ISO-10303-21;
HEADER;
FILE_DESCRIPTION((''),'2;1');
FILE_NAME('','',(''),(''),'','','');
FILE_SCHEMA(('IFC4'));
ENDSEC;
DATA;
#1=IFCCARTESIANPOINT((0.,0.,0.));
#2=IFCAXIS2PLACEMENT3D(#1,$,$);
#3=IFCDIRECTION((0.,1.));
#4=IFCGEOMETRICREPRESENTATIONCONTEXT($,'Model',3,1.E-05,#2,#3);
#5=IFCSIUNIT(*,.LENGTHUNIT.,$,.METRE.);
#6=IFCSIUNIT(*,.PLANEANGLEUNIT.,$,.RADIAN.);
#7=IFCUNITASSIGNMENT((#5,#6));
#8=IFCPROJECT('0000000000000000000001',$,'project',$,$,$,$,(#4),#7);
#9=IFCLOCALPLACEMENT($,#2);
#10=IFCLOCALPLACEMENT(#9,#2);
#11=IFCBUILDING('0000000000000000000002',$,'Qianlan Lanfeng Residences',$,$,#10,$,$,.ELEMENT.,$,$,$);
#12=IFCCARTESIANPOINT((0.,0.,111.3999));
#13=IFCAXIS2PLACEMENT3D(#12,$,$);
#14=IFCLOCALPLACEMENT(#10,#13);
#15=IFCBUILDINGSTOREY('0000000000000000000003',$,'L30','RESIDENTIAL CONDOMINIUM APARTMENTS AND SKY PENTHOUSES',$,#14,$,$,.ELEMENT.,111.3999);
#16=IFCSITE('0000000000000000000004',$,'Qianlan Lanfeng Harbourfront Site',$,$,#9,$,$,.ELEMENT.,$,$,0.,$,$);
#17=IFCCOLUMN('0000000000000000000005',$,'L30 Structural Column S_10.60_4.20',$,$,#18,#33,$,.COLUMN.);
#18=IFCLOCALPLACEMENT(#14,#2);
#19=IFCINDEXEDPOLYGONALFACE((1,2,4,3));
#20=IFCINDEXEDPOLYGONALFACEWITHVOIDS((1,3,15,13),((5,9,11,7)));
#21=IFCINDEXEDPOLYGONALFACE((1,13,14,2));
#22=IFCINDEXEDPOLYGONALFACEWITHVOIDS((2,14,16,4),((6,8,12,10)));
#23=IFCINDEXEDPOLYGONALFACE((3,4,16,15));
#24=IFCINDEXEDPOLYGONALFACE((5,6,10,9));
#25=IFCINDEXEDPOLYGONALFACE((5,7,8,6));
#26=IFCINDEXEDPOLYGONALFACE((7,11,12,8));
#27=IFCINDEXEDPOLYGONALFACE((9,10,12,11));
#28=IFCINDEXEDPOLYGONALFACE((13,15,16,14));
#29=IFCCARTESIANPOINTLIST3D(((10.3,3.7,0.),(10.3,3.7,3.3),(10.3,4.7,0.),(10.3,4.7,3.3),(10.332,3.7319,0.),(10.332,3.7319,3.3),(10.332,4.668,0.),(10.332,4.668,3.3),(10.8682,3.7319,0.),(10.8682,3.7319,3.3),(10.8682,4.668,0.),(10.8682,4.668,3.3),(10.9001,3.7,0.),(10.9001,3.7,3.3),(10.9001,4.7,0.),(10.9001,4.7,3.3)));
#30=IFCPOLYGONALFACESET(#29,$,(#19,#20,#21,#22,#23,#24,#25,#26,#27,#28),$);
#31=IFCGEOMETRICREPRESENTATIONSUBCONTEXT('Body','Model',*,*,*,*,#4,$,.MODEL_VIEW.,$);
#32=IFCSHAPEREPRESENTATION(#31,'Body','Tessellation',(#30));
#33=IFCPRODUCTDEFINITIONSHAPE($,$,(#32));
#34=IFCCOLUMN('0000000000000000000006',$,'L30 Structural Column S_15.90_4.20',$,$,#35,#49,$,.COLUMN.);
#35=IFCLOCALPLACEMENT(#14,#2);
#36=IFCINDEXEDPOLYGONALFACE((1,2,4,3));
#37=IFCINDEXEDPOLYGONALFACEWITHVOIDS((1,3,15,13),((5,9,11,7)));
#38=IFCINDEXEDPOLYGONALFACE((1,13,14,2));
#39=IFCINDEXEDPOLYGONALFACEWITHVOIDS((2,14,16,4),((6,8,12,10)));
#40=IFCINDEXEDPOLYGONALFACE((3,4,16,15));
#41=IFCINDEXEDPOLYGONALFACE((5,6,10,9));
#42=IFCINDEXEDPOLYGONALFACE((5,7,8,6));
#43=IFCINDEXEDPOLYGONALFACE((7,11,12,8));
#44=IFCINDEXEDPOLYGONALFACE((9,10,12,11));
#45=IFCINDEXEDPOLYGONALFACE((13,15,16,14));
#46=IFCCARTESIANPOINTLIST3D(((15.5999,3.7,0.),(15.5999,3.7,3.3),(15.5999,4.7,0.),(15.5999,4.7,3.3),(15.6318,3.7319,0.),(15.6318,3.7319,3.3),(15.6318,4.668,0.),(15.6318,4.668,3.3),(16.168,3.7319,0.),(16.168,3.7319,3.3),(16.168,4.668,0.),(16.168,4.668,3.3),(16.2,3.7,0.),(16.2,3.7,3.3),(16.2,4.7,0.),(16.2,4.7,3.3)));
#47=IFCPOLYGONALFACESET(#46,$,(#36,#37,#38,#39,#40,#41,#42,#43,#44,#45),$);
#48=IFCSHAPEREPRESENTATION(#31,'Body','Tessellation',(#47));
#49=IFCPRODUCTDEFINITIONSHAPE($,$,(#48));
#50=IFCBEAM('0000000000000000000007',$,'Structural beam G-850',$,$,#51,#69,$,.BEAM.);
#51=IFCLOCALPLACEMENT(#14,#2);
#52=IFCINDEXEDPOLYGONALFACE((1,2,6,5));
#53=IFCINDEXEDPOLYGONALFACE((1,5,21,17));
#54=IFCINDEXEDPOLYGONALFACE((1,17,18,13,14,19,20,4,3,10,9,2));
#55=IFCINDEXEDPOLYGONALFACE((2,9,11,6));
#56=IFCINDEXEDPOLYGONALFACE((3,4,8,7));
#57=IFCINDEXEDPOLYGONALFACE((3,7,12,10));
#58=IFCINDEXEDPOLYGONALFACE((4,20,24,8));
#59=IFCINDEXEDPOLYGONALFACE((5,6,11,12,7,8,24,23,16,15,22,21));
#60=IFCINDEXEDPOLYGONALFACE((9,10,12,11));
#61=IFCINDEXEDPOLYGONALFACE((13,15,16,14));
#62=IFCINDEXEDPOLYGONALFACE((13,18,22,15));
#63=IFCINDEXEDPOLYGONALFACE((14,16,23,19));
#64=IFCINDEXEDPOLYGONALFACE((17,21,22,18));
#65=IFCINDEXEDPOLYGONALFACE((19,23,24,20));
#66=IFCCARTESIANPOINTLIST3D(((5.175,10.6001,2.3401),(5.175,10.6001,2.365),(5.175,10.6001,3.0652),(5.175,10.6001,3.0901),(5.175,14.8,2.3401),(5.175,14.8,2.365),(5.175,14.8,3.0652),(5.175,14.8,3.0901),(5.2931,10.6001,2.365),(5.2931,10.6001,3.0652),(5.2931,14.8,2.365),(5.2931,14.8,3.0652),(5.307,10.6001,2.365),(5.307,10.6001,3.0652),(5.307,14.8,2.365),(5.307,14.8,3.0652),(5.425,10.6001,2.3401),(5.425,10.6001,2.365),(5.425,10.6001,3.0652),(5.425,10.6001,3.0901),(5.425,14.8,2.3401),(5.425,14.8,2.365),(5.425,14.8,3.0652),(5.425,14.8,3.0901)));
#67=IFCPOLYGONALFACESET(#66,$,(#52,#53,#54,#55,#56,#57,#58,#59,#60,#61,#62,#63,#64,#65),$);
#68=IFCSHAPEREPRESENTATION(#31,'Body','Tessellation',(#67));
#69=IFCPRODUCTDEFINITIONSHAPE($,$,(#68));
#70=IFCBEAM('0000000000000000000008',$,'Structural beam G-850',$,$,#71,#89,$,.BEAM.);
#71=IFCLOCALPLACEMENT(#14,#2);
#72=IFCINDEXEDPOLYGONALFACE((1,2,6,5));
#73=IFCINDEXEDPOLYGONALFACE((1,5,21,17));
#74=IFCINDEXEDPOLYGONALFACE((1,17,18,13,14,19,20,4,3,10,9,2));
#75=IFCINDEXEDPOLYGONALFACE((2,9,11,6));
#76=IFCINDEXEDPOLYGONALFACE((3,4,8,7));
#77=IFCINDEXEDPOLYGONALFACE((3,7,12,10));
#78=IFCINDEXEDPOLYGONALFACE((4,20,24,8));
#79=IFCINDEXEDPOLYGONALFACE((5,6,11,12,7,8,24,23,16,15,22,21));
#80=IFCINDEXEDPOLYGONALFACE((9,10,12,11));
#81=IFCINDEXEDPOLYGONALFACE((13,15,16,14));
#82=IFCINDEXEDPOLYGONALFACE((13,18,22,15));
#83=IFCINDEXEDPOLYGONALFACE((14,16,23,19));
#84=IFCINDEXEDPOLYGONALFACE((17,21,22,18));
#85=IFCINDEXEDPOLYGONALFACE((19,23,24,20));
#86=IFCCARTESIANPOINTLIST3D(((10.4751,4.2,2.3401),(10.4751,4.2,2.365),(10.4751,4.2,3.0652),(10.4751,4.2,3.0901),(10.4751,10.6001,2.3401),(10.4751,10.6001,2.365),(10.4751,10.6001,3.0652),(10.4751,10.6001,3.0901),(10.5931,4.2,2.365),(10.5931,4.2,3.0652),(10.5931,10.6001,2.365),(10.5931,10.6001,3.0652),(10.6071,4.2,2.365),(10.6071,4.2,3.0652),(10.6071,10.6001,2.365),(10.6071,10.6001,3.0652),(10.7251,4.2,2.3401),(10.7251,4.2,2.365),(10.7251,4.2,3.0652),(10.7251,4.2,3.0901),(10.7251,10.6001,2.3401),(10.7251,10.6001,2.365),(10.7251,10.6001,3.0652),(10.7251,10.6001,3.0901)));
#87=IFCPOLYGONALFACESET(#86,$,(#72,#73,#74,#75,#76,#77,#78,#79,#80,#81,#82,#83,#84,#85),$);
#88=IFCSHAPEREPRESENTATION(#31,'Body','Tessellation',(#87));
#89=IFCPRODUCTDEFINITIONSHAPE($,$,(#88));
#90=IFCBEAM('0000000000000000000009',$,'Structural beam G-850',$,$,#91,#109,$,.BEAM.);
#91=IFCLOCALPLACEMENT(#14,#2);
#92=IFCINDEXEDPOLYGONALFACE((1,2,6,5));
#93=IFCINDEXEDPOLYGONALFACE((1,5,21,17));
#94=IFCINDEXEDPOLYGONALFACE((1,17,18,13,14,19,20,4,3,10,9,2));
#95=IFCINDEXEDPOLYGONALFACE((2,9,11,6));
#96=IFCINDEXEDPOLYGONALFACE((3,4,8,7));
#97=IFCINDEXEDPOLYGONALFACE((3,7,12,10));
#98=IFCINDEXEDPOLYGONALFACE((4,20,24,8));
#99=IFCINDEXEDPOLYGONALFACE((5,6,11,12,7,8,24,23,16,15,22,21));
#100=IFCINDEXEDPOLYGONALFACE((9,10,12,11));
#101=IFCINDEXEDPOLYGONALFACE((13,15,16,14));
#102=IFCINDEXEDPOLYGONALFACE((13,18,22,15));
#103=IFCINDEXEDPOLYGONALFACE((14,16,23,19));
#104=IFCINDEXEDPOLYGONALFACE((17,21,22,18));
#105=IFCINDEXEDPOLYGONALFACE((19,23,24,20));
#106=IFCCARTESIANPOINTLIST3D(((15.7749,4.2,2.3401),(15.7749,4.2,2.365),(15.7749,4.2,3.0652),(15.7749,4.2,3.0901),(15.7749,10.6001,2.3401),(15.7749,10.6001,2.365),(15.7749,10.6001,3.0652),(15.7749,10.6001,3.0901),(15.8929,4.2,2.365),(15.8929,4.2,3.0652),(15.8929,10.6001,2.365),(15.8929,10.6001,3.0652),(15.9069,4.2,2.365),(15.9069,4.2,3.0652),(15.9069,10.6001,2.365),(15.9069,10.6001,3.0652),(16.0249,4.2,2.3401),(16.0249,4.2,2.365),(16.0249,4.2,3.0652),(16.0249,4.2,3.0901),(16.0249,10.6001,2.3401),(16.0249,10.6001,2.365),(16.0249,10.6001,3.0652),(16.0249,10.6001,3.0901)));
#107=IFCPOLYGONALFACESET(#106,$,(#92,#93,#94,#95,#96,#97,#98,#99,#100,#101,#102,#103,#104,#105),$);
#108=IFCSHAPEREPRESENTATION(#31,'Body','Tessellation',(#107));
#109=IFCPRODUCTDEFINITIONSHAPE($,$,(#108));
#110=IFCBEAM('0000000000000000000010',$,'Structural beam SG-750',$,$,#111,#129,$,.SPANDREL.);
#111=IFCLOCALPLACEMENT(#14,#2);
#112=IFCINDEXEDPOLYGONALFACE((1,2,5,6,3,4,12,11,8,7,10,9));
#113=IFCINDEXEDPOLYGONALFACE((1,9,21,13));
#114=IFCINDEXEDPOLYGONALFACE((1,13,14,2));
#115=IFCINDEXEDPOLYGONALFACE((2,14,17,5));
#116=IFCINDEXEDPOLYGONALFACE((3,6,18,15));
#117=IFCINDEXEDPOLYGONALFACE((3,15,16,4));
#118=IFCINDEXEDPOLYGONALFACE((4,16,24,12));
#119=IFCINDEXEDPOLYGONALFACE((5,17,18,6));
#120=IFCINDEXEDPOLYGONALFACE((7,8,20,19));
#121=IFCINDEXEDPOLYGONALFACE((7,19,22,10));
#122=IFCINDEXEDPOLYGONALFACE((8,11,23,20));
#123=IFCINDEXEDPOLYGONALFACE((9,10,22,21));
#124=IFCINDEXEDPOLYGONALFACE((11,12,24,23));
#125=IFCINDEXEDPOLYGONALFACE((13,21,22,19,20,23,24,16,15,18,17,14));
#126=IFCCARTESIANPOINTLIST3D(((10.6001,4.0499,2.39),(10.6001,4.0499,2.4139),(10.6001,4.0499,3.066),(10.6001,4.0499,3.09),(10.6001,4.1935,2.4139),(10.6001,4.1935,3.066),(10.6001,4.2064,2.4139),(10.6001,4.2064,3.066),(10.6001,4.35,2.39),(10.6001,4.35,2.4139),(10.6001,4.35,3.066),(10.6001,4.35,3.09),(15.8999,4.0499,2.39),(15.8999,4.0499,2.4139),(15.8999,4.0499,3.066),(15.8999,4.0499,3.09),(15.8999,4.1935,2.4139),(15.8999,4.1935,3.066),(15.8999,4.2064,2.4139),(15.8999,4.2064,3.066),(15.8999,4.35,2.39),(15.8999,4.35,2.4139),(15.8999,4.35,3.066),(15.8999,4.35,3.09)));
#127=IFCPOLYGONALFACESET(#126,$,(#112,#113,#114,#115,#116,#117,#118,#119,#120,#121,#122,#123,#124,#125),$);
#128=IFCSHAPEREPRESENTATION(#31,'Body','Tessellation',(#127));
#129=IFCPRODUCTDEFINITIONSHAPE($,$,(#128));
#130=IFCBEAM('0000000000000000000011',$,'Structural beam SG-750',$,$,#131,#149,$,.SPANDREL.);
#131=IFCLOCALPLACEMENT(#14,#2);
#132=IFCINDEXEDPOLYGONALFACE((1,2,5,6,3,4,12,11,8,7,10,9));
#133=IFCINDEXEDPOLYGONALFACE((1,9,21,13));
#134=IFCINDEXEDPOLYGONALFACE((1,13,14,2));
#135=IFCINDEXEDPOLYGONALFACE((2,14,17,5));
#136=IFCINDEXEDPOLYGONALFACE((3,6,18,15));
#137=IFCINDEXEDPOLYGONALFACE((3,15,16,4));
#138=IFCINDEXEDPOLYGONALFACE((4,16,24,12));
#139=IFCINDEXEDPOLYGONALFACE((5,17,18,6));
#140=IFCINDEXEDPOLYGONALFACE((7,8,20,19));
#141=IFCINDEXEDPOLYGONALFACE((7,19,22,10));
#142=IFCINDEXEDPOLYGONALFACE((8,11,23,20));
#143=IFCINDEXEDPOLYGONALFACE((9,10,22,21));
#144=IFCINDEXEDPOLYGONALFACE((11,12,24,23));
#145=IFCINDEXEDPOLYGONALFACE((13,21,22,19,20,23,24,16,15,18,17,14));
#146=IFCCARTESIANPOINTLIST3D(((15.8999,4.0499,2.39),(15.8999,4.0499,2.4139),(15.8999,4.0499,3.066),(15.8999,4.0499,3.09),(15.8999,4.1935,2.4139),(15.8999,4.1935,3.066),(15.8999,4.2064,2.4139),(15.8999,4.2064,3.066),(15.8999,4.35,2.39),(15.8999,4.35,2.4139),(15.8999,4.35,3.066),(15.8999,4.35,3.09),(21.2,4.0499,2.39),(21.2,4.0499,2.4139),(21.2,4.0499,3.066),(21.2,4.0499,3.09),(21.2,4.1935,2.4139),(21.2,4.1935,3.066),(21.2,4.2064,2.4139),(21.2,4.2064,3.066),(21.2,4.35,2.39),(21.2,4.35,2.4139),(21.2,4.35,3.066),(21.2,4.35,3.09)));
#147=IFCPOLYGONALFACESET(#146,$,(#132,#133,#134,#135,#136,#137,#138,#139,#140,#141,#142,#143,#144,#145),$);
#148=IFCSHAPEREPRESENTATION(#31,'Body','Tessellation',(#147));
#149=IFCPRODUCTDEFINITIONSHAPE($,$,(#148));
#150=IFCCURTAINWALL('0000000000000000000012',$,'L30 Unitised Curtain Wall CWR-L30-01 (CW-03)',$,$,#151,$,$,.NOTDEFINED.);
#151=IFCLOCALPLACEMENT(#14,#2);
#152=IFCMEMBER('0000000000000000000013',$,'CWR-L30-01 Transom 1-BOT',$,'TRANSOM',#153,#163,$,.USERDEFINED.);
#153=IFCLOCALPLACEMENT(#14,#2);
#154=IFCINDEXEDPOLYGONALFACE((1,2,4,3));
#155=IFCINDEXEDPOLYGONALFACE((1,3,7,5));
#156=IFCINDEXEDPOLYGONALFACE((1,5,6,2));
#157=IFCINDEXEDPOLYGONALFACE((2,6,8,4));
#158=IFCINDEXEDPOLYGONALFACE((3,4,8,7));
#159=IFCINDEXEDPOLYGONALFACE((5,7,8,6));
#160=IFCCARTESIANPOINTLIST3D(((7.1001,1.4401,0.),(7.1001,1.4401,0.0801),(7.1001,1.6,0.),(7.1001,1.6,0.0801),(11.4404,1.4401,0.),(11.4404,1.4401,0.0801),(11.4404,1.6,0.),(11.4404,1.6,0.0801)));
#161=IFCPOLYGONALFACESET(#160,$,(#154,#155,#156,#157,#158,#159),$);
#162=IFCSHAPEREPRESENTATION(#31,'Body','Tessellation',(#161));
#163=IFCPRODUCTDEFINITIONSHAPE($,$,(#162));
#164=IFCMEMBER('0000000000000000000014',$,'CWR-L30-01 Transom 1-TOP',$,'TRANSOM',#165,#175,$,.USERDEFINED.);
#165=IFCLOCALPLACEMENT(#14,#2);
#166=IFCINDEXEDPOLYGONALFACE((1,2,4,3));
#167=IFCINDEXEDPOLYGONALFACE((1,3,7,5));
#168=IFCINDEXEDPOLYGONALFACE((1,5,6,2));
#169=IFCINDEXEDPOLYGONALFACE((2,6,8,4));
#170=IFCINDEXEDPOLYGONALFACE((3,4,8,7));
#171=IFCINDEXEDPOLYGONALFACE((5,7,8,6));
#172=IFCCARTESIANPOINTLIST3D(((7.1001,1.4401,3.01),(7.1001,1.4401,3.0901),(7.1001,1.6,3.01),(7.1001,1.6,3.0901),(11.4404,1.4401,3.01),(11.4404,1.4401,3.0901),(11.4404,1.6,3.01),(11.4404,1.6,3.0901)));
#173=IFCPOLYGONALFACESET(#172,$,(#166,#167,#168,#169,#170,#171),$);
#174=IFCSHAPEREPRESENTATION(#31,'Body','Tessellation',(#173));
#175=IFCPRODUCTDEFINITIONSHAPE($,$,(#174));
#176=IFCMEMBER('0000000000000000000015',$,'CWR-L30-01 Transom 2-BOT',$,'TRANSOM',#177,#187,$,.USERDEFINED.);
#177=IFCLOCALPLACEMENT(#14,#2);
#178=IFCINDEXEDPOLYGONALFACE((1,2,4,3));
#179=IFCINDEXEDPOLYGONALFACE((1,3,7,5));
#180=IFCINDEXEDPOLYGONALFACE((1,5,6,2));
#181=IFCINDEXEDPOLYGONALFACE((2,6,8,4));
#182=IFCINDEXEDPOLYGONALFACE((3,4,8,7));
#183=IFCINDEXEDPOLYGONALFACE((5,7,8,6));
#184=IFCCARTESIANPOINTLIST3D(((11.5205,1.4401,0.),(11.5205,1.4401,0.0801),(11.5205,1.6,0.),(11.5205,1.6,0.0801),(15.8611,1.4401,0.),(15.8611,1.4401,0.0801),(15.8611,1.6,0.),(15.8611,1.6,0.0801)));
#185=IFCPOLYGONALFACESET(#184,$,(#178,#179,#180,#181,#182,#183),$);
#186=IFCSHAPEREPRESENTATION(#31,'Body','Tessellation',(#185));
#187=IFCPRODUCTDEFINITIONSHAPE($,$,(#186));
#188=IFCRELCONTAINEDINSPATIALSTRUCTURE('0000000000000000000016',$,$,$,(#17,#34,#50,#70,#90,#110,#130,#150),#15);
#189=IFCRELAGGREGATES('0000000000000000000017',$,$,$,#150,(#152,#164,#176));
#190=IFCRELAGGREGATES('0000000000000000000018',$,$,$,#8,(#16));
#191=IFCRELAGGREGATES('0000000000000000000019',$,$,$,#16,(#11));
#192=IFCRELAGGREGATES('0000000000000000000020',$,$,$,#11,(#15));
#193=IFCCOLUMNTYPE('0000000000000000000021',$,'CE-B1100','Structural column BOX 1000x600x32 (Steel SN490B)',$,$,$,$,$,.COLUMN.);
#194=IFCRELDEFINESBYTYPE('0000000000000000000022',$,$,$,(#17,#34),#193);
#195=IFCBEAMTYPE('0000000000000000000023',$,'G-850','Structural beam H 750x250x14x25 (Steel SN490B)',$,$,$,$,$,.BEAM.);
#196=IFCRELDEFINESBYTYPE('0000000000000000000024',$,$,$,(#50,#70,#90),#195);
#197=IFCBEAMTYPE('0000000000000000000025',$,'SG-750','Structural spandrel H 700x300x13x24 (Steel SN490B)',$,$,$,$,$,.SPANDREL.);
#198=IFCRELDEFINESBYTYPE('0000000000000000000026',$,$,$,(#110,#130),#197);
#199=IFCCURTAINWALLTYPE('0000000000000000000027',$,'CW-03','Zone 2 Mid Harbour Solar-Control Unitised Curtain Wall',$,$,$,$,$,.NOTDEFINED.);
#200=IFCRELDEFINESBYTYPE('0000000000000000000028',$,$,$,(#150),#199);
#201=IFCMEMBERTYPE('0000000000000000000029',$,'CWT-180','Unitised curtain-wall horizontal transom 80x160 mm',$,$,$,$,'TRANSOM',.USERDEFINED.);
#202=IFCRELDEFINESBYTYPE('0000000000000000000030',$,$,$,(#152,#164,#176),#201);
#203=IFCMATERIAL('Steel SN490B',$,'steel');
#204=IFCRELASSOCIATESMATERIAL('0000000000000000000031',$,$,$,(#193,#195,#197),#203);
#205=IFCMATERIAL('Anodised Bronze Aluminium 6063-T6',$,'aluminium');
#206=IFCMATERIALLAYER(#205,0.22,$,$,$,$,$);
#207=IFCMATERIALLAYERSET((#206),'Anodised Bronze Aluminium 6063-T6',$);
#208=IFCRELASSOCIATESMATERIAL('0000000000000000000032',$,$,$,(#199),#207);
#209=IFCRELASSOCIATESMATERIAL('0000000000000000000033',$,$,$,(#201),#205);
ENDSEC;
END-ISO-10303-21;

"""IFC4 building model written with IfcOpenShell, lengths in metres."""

from ifc_helpers import new_model, si_unit, direction, frame, origin, origin_2d, place, context, subcontext, project, spatial, rectangle, hollow_rectangle, i_section, extrude, source, transform, mapped, material, layer, layer_set, material_profile, profile_set, type_object, element, aggregate, save


model = new_model("IFC4")

# Units and contexts
model_context = context("Model", 3, precision=1e-05, world=origin(), true_north=direction((0.0, 1.0)))
body_context = subcontext(model_context, "Body", "Model", "MODEL_VIEW")
ifc_project = project(units=[si_unit("LENGTHUNIT", "METRE"), si_unit("PLANEANGLEUNIT", "RADIAN")], contexts=[model_context])

# Site, building, storey
site_placement = place(None, origin())
site = spatial("IfcSite", under=ifc_project, at=site_placement, Name="Qianlan Lanfeng Harbourfront Site", CompositionType="ELEMENT", RefElevation=0.0)
building_placement = place(site_placement, origin())
building = spatial("IfcBuilding", under=site, at=building_placement, Name="Qianlan Lanfeng Residences", CompositionType="ELEMENT")
storey_placement = place(building_placement, frame((0.0, 0.0, 111.3999)))
storey = spatial("IfcBuildingStorey", under=building, at=storey_placement, Name="L30", Description="RESIDENTIAL CONDOMINIUM APARTMENTS AND SKY PENTHOUSES", CompositionType="ELEMENT", Elevation=111.3999)

# Columns
ifc_material_1 = material(Name="Steel SN490B", Category="steel")
ifc_material_profile_1 = material_profile(ifc_material_1, hollow_rectangle(XDim=0.6001, YDim=1.0, WallThickness=0.032, at=origin_2d()), Name="BOX 1000x600x32")
ifc_profile_set_1 = profile_set([ifc_material_profile_1], Name="Steel SN490B")
column_type = type_object("IfcColumnType", Name="CE-B1100", Description="Structural column BOX 1000x600x32 (Steel SN490B)", PredefinedType="COLUMN", material=ifc_profile_set_1)
for number, where, z_axis, x_axis, name in (
    (1, (10.6001, 4.2, 0.0), (0.0, 0.0, 1.0), (1.0, 0.0, 0.0), "L30 Structural Column S_10.60_4.20"),
    (2, (15.8999, 4.2, 0.0), (0.0, 0.0, 1.0), (1.0, 0.0, 0.0), "L30 Structural Column S_15.90_4.20"),
):
    element("IfcColumn", number, at=place(storey_placement, frame(where, z_axis=z_axis, x_axis=x_axis)), inside=storey, type_object=column_type, Name=name, PredefinedType="COLUMN", context=body_context, shape_type="SweptSolid", body=[
        extrude(hollow_rectangle(XDim=0.6001, YDim=1.0, WallThickness=0.032, at=origin_2d()), origin(), (0.0, 0.0, 1.0), 3.3),
    ])

# Beams
ifc_material_profile_2 = material_profile(ifc_material_1, i_section(OverallWidth=0.25, OverallDepth=0.75, WebThickness=0.0139, FlangeThickness=0.0249, at=origin_2d()), Name="H 750x250x14x25")
ifc_profile_set_2 = profile_set([ifc_material_profile_2], Name="Steel SN490B")
beam_type_1 = type_object("IfcBeamType", Name="G-850", Description="Structural beam H 750x250x14x25 (Steel SN490B)", PredefinedType="BEAM", material=ifc_profile_set_2)
beam_1_placement = place(storey_placement, frame((5.3, 10.6001, 2.7151), z_axis=(0.0, 1.0, 0.0), x_axis=(-1.0, 0.0, 0.0)))
element("IfcBeam", 3, at=beam_1_placement, inside=storey, type_object=beam_type_1, Name="Structural beam G-850", PredefinedType="BEAM", context=body_context, shape_type="SweptSolid", body=[
    extrude(i_section(OverallWidth=0.25, OverallDepth=0.75, WebThickness=0.0139, FlangeThickness=0.0249, at=origin_2d()), origin(), (0.0, 0.0, 1.0), 4.2),
])
for number, where, z_axis, x_axis, name in (
    (4, (10.6001, 4.2, 2.7151), (0.0, 1.0, 0.0), (-1.0, 0.0, 0.0), "Structural beam G-850"),
    (5, (15.8999, 4.2, 2.7151), (0.0, 1.0, 0.0), (-1.0, 0.0, 0.0), "Structural beam G-850"),
):
    element("IfcBeam", number, at=place(storey_placement, frame(where, z_axis=z_axis, x_axis=x_axis)), inside=storey, type_object=beam_type_1, Name=name, PredefinedType="BEAM", context=body_context, shape_type="SweptSolid", body=[
        extrude(i_section(OverallWidth=0.25, OverallDepth=0.75, WebThickness=0.0139, FlangeThickness=0.0249, at=origin_2d()), origin(), (0.0, 0.0, 1.0), 6.4001),
    ])
ifc_material_profile_3 = material_profile(ifc_material_1, i_section(OverallWidth=0.3, OverallDepth=0.7, WebThickness=0.0129, FlangeThickness=0.0239, at=origin_2d()), Name="H 700x300x13x24")
ifc_profile_set_3 = profile_set([ifc_material_profile_3], Name="Steel SN490B")
beam_type_2 = type_object("IfcBeamType", Name="SG-750", Description="Structural spandrel H 700x300x13x24 (Steel SN490B)", PredefinedType="SPANDREL", material=ifc_profile_set_3)
beam_2_placement = place(storey_placement, frame((10.6001, 4.2, 2.74), z_axis=(1.0, 0.0, 0.0), x_axis=(0.0, 1.0, 0.0)))
element("IfcBeam", 6, at=beam_2_placement, inside=storey, type_object=beam_type_2, Name="Structural beam SG-750", PredefinedType="SPANDREL", context=body_context, shape_type="SweptSolid", body=[
    extrude(i_section(OverallWidth=0.3, OverallDepth=0.7, WebThickness=0.0129, FlangeThickness=0.0239, at=origin_2d()), origin(), (0.0, 0.0, 1.0), 5.2998),
])
beam_3_placement = place(storey_placement, frame((15.8999, 4.2, 2.74), z_axis=(1.0, 0.0, 0.0), x_axis=(0.0, 1.0, 0.0)))
element("IfcBeam", 7, at=beam_3_placement, inside=storey, type_object=beam_type_2, Name="Structural beam SG-750", PredefinedType="SPANDREL", context=body_context, shape_type="SweptSolid", body=[
    extrude(i_section(OverallWidth=0.3, OverallDepth=0.7, WebThickness=0.0129, FlangeThickness=0.0239, at=origin_2d()), origin(), (0.0, 0.0, 1.0), 5.3),
])

# Curtain wall, members
ifc_material_2 = material(Name="Anodised Bronze Aluminium 6063-T6", Category="aluminium")
ifc_layer_1 = layer(ifc_material_2, 0.22)
ifc_layer_set_1 = layer_set([ifc_layer_1], Name="Anodised Bronze Aluminium 6063-T6")
curtain_wall_type = type_object("IfcCurtainWallType", Name="CW-03", Description="Zone 2 Mid Harbour Solar-Control Unitised Curtain Wall", PredefinedType="NOTDEFINED", material=ifc_layer_set_1)
curtain_wall_placement = place(storey_placement, origin())
curtain_wall = element("IfcCurtainWall", 8, at=curtain_wall_placement, inside=storey, type_object=curtain_wall_type, Name="L30 Unitised Curtain Wall CWR-L30-01 (CW-03)", PredefinedType="NOTDEFINED")
ifc_material_profile_4 = material_profile(ifc_material_2, rectangle(XDim=0.0801, YDim=0.1599, at=origin_2d()), Name="ALU TRANSOM 80x160")
ifc_profile_set_4 = profile_set([ifc_material_profile_4], Name="Anodised Bronze Aluminium 6063-T6")
member_type_1 = type_object("IfcMemberType", Name="CWT-180", Description="Unitised curtain-wall horizontal transom 80x160 mm", ElementType="TRANSOM", PredefinedType="USERDEFINED", material=ifc_profile_set_4)
shared_shape_1 = source(origin(), body_context, "Body", "SweptSolid", [
    extrude(rectangle(XDim=0.0801, YDim=0.1599, at=origin_2d()), origin(), (0.0, 0.0, 1.0), 4.3403),
])
member_1_placement = place(storey_placement, frame((7.1001, 1.52, 0.04), z_axis=(1.0, 0.0, 0.0), x_axis=(0.0, 0.0, 1.0)))
member_1 = element("IfcMember", 9, at=member_1_placement, type_object=member_type_1, Name="CWR-L30-01 Transom 1-BOT", ObjectType="TRANSOM", PredefinedType="USERDEFINED", context=body_context, shape_type="MappedRepresentation", body=[
    mapped(shared_shape_1, transform((0.0, 0.0, 0.0), scale=1.0)),
])
member_2_placement = place(storey_placement, frame((7.1001, 1.52, 3.05), z_axis=(1.0, 0.0, 0.0), x_axis=(0.0, 0.0, 1.0)))
member_2 = element("IfcMember", 10, at=member_2_placement, type_object=member_type_1, Name="CWR-L30-01 Transom 1-TOP", ObjectType="TRANSOM", PredefinedType="USERDEFINED", context=body_context, shape_type="MappedRepresentation", body=[
    mapped(shared_shape_1, transform((0.0, 0.0, 0.0), scale=1.0)),
])
shared_shape_2 = source(origin(), body_context, "Body", "SweptSolid", [
    extrude(rectangle(XDim=0.0801, YDim=0.1599, at=origin_2d()), origin(), (0.0, 0.0, 1.0), 4.3406),
])
member_3_placement = place(storey_placement, frame((11.5205, 1.52, 0.04), z_axis=(1.0, 0.0, 0.0), x_axis=(0.0, 0.0, 1.0)))
member_3 = element("IfcMember", 11, at=member_3_placement, type_object=member_type_1, Name="CWR-L30-01 Transom 2-BOT", ObjectType="TRANSOM", PredefinedType="USERDEFINED", context=body_context, shape_type="MappedRepresentation", body=[
    mapped(shared_shape_2, transform((0.0, 0.0, 0.0), scale=1.0)),
])
aggregate(curtain_wall, [member_1, member_2, member_3])

save(model, "model.ifc")
